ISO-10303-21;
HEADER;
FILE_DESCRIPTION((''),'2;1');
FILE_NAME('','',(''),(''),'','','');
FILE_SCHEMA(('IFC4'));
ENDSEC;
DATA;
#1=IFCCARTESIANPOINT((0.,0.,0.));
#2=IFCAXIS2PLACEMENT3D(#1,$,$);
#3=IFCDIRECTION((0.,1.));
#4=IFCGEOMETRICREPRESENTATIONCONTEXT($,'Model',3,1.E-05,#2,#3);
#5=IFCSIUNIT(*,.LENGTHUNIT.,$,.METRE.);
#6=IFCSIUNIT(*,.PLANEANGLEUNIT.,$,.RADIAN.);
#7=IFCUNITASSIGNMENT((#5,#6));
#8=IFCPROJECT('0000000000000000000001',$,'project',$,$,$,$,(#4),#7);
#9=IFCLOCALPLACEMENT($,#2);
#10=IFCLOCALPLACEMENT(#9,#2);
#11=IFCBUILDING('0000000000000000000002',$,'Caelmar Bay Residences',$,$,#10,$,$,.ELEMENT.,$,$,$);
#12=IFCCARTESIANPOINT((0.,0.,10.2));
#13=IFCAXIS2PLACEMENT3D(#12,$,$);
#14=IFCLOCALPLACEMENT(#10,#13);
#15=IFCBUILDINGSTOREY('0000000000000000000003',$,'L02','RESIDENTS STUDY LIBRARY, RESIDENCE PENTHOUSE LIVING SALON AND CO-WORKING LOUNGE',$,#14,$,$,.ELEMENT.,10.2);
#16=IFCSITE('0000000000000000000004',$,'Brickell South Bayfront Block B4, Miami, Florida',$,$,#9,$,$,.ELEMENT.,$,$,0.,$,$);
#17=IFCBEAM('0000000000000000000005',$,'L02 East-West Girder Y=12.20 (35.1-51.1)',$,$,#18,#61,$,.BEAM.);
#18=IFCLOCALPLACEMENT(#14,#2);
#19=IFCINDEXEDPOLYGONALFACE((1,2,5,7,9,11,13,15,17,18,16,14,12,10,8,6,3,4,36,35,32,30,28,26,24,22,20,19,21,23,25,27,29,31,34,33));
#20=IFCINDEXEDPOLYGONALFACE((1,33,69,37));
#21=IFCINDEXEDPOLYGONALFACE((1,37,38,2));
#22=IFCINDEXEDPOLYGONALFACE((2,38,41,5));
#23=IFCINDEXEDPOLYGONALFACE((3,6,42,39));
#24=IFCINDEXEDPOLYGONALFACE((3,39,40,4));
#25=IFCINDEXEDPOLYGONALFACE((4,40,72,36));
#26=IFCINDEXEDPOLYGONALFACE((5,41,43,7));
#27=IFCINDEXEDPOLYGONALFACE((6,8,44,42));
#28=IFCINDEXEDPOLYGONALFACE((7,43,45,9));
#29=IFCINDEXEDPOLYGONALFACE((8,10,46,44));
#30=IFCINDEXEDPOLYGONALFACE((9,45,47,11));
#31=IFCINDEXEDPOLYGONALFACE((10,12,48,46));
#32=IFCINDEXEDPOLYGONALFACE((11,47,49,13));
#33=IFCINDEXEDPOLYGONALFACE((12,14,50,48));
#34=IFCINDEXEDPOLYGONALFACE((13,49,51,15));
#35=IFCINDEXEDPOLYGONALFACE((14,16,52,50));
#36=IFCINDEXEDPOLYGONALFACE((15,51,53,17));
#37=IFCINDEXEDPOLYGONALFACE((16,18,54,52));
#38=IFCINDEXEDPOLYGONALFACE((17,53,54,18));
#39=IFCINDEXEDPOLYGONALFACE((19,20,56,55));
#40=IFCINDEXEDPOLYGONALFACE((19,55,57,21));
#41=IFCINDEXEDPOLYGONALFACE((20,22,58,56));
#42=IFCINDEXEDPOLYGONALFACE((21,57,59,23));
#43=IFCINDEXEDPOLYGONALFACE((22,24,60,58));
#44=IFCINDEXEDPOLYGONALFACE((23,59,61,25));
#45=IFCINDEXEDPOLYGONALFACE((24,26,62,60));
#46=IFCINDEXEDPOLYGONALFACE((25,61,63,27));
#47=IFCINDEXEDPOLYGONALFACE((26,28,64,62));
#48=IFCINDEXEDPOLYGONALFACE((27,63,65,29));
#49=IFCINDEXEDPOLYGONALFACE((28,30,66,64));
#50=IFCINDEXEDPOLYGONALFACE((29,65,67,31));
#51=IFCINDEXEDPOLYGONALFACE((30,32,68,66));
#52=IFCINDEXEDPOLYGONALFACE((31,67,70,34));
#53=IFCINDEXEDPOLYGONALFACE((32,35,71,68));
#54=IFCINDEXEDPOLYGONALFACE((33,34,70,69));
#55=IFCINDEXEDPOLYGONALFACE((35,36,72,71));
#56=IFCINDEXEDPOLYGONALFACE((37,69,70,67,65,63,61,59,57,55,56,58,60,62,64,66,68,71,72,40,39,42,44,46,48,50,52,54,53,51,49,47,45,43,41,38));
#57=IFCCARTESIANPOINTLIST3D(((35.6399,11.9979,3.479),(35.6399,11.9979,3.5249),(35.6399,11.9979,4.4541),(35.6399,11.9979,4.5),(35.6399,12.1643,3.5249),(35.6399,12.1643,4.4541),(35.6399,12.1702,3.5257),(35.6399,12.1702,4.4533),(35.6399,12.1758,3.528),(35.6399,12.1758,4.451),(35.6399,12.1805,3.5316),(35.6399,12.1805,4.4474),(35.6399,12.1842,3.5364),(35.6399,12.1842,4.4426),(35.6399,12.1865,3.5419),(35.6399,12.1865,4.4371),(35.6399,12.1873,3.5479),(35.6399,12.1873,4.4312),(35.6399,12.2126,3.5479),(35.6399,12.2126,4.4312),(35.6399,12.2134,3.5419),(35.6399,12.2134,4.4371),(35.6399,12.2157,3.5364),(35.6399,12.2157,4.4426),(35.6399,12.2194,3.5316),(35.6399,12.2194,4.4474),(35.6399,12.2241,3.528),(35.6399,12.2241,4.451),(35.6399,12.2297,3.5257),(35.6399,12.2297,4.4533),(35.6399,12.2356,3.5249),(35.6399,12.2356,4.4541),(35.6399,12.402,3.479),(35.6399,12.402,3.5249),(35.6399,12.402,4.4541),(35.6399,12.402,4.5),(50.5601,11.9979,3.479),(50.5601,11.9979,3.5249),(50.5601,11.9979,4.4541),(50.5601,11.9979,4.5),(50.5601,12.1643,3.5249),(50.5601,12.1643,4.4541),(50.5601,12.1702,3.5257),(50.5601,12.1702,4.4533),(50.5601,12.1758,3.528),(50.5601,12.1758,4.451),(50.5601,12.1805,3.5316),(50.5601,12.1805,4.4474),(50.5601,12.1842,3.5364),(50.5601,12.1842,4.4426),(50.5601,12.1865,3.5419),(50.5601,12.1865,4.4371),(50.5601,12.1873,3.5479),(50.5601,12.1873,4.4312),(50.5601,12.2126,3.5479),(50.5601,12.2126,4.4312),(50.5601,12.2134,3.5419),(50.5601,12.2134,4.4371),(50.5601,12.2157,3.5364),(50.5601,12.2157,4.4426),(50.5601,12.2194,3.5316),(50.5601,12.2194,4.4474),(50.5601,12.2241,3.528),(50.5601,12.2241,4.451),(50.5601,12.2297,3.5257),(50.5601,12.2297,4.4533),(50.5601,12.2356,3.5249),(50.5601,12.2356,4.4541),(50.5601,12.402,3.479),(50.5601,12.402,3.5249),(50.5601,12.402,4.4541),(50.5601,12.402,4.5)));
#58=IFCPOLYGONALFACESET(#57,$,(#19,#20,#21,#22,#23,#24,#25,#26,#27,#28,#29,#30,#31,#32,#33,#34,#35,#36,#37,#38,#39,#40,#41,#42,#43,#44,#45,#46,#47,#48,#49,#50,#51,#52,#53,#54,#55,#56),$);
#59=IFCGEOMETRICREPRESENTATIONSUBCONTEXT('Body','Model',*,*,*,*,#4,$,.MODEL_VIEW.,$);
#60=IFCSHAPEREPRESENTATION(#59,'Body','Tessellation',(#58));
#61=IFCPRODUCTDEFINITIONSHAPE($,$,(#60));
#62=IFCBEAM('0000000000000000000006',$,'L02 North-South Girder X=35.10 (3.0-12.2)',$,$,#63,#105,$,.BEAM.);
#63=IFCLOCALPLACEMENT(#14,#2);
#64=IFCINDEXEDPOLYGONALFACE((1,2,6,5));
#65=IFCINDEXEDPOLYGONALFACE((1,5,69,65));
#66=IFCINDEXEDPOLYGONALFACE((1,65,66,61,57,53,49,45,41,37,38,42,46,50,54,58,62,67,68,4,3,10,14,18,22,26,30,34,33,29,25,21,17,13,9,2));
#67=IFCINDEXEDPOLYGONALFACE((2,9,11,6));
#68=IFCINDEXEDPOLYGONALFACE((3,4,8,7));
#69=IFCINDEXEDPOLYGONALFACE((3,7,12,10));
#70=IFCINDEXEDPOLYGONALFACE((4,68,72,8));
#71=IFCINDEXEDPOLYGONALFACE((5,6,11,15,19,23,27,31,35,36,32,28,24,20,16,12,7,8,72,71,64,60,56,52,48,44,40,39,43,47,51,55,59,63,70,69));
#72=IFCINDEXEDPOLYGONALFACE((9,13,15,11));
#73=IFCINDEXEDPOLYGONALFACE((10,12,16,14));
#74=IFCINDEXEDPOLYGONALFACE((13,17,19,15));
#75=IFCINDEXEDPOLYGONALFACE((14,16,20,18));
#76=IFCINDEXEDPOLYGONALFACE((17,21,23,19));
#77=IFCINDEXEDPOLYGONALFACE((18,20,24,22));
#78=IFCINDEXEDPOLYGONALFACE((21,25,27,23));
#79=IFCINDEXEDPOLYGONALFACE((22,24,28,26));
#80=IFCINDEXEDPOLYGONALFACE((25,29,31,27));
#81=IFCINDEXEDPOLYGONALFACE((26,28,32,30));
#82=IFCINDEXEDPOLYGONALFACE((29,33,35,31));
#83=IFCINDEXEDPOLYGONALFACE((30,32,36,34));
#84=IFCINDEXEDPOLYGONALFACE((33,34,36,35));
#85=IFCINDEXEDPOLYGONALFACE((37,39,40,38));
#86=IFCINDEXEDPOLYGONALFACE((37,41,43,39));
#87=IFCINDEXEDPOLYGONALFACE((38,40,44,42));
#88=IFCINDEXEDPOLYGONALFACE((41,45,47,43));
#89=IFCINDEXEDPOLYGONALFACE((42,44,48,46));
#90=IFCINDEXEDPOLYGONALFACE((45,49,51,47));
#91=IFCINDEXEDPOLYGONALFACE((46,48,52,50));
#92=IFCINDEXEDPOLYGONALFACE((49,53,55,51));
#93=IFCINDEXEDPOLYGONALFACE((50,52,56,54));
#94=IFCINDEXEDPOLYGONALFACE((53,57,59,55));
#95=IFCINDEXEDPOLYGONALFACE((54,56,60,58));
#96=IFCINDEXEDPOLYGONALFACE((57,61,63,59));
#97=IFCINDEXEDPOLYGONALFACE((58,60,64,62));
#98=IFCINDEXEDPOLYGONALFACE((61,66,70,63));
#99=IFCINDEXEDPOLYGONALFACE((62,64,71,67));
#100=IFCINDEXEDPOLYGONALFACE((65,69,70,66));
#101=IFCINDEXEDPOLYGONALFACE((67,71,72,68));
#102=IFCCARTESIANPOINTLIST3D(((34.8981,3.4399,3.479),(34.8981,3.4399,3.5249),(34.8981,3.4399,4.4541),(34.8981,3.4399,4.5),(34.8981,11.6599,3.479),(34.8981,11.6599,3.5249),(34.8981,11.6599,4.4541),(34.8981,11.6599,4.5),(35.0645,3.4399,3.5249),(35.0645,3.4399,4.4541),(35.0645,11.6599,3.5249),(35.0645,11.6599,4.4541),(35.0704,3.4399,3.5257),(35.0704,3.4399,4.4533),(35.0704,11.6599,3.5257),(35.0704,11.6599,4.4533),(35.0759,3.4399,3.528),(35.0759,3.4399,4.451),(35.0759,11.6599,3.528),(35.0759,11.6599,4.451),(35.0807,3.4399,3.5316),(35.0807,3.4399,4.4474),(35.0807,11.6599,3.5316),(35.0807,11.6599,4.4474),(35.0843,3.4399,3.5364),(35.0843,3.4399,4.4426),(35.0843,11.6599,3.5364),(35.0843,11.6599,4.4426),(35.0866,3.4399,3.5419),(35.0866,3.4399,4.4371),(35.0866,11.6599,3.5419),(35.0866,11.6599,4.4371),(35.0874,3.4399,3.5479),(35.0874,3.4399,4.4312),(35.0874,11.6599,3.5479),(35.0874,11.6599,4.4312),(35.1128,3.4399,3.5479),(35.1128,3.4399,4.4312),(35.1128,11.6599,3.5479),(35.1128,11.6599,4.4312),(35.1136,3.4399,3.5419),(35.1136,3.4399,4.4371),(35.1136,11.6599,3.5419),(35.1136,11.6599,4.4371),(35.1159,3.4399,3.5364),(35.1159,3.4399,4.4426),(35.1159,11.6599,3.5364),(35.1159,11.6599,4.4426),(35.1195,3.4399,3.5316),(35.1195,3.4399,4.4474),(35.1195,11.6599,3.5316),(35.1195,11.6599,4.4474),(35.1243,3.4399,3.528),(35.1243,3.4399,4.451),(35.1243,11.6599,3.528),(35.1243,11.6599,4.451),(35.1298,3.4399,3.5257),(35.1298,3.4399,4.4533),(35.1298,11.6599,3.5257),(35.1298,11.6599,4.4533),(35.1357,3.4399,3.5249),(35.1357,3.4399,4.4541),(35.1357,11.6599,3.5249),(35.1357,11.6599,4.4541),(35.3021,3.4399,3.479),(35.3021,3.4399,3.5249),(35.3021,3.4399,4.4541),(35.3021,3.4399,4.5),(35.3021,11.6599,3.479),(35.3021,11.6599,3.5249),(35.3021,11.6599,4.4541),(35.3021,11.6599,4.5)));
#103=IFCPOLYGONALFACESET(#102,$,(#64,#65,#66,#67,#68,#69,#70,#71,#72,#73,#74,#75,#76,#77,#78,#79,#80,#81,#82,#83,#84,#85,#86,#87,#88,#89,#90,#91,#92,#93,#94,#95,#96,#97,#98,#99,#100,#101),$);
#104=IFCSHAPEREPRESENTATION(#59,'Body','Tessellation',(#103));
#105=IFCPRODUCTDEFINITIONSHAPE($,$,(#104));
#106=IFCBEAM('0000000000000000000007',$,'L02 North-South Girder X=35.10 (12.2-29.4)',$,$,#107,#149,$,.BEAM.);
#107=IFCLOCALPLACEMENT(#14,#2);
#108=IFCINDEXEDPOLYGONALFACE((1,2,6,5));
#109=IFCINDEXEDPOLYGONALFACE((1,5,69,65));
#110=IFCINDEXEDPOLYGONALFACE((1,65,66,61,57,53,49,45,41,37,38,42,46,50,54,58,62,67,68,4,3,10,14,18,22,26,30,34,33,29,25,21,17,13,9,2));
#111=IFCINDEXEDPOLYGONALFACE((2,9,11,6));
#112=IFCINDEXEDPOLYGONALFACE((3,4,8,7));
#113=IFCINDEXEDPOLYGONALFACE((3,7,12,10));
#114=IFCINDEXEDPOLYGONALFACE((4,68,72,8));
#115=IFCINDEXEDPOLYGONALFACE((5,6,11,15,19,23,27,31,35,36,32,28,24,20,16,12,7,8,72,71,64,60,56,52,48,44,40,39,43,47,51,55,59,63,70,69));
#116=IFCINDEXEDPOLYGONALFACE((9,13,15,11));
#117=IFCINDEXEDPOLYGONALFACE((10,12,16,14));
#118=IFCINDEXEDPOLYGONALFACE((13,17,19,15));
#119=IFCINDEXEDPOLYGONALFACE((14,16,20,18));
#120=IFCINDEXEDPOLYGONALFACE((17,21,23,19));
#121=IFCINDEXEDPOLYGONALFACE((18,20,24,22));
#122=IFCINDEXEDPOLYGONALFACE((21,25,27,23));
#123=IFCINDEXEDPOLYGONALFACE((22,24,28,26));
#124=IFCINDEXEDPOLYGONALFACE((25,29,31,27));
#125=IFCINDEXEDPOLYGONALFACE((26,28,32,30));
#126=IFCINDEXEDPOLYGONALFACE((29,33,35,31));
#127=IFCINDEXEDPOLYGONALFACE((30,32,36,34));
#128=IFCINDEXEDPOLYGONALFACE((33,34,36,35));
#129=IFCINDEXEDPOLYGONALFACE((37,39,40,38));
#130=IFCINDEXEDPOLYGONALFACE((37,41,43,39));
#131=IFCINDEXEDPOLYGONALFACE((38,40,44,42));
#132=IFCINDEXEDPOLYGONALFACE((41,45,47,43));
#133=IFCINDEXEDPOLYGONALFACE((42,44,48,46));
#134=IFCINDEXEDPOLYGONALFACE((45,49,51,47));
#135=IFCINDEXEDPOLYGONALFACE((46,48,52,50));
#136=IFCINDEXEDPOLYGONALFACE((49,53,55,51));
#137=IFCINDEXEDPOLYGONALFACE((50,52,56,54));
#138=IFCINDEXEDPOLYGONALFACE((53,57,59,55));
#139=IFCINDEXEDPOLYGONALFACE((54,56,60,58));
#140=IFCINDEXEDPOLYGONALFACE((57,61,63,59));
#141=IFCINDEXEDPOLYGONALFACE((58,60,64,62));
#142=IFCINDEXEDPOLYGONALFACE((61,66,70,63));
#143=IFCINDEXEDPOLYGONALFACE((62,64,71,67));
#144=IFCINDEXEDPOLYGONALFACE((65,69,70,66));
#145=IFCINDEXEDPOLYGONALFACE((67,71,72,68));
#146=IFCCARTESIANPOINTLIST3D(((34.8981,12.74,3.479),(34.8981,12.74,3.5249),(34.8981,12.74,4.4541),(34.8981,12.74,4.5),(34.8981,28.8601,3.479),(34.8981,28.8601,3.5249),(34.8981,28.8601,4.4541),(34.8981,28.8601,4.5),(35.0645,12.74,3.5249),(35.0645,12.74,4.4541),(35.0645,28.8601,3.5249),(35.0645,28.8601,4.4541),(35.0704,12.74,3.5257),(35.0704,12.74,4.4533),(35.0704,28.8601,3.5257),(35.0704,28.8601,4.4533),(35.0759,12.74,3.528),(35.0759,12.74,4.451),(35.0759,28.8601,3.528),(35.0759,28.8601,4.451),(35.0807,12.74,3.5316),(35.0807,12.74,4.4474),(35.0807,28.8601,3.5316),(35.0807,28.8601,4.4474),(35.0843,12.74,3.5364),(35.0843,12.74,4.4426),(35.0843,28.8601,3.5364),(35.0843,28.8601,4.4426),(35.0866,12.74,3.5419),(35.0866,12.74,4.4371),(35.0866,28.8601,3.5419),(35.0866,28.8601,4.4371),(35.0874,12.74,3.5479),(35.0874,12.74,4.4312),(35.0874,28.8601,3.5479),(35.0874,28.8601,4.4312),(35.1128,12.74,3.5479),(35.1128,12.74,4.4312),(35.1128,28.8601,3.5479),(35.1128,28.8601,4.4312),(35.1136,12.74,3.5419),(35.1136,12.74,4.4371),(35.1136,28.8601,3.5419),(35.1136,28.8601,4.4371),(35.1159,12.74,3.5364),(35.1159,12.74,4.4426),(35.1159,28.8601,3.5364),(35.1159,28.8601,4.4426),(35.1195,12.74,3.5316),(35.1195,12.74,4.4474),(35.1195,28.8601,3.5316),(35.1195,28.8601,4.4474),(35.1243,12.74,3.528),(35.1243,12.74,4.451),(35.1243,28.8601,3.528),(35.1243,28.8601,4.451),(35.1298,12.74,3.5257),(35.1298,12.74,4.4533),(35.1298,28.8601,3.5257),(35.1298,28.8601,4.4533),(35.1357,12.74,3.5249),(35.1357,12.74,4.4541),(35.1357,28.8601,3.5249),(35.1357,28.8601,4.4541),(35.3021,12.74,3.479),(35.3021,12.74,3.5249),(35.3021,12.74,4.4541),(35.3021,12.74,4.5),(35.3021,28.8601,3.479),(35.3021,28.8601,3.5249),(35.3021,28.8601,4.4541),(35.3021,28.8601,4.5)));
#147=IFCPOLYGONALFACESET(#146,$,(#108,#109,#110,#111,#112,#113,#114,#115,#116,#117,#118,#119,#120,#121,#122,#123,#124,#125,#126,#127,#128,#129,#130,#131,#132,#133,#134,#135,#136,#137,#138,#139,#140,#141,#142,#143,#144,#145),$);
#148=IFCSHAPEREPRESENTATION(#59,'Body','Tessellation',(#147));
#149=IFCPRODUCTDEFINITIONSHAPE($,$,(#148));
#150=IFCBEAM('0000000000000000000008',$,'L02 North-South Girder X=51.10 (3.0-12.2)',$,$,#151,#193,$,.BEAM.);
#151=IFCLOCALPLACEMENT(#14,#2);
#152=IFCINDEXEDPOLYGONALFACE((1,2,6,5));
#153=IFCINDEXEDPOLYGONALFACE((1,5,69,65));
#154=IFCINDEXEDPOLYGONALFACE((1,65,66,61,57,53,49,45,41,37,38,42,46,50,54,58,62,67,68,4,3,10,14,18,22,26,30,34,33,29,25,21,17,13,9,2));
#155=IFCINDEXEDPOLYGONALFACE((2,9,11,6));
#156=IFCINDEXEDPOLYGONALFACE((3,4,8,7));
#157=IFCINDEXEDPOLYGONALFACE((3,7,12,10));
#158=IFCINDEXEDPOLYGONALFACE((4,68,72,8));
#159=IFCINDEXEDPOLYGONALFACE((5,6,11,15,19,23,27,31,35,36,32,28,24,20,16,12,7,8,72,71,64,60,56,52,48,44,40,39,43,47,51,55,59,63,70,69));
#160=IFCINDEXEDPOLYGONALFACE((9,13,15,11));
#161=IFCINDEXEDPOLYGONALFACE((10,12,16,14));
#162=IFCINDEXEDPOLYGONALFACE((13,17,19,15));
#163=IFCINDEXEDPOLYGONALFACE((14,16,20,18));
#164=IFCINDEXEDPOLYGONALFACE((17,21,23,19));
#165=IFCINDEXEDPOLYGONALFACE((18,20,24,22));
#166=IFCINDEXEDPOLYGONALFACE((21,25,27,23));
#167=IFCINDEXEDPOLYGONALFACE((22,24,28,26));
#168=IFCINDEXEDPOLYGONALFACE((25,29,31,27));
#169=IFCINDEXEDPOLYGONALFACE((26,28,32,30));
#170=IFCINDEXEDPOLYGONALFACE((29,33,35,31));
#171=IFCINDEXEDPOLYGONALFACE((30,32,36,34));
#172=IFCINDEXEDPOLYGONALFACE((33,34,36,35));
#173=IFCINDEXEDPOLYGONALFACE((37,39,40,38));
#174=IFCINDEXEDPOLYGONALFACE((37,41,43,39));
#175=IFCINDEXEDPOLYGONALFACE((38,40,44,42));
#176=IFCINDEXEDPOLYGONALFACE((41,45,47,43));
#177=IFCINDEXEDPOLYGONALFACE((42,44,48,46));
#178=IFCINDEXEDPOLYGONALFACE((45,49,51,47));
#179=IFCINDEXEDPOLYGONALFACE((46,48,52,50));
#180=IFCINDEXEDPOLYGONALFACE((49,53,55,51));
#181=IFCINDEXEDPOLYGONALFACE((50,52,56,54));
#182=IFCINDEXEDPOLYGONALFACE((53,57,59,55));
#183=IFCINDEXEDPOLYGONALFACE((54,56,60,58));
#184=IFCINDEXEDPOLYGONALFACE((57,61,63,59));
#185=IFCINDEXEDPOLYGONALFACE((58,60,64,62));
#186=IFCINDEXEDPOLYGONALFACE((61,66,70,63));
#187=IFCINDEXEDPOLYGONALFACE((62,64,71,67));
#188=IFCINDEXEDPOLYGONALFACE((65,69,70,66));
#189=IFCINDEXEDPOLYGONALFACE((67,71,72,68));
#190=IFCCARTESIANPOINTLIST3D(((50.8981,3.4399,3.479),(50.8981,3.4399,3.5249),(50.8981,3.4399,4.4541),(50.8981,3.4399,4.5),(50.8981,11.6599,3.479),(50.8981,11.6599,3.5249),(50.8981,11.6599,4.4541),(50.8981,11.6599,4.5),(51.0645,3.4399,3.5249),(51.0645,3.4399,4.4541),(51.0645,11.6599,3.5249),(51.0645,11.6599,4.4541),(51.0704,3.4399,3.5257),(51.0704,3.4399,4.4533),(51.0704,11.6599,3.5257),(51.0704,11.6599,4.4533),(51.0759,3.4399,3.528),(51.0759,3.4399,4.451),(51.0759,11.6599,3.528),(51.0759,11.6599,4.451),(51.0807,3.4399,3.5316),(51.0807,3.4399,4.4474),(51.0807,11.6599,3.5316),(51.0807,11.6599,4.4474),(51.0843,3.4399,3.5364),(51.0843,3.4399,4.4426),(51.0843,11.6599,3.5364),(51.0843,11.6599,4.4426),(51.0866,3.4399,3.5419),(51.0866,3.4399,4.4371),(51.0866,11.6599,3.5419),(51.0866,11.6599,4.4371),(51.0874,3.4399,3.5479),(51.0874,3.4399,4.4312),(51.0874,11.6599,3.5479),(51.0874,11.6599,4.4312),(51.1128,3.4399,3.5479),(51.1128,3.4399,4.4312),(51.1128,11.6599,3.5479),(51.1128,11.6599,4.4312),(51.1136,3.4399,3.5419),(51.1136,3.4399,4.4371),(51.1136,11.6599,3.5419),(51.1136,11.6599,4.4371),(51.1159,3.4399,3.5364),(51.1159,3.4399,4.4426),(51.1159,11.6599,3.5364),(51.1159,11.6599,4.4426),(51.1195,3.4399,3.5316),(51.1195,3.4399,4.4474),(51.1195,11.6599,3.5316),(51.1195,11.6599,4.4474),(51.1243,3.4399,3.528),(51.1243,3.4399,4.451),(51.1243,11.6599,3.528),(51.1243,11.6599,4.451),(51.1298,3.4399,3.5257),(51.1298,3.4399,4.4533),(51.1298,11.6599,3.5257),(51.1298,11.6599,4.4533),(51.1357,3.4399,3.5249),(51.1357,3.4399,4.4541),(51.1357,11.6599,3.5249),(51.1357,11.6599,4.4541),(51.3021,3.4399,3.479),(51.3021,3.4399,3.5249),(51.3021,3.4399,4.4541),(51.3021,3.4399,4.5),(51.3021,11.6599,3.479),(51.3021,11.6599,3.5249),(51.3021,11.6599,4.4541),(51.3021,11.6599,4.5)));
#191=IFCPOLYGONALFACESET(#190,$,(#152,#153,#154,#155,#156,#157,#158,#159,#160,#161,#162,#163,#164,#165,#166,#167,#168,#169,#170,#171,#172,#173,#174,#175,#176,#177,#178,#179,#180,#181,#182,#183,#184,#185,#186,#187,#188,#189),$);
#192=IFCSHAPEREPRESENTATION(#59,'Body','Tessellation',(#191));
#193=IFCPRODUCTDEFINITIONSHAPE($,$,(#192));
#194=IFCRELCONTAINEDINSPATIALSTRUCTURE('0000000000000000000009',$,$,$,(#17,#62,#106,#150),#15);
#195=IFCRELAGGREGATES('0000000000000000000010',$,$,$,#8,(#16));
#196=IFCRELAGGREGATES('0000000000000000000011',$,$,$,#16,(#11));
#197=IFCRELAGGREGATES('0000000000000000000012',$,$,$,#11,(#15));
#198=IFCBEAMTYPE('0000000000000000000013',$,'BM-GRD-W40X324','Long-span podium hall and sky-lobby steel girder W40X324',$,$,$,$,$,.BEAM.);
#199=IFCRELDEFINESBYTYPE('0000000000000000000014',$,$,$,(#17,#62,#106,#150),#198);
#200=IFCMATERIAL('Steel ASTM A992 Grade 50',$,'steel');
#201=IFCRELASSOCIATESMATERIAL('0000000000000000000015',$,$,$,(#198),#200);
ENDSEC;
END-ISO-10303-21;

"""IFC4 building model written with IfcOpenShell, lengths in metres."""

from ifc_helpers import new_model, si_unit, direction, frame, origin, origin_2d, place, context, subcontext, project, spatial, i_section, extrude, material, material_profile, profile_set, type_object, element, save


model = new_model("IFC4")

# Units and contexts
model_context = context("Model", 3, precision=1e-05, world=origin(), true_north=direction((0.0, 1.0)))
body_context = subcontext(model_context, "Body", "Model", "MODEL_VIEW")
ifc_project = project(units=[si_unit("LENGTHUNIT", "METRE"), si_unit("PLANEANGLEUNIT", "RADIAN")], contexts=[model_context])

# Site, building, storey
site_placement = place(None, origin())
site = spatial("IfcSite", under=ifc_project, at=site_placement, Name="Brickell South Bayfront Block B4, Miami, Florida", CompositionType="ELEMENT", RefElevation=0.0)
building_placement = place(site_placement, origin())
building = spatial("IfcBuilding", under=site, at=building_placement, Name="Caelmar Bay Residences", CompositionType="ELEMENT")
storey_placement = place(building_placement, frame((0.0, 0.0, 10.2)))
storey = spatial("IfcBuildingStorey", under=building, at=storey_placement, Name="L02", Description="RESIDENTS STUDY LIBRARY, RESIDENCE PENTHOUSE LIVING SALON AND CO-WORKING LOUNGE", CompositionType="ELEMENT", Elevation=10.2)

# Beams
ifc_material_1 = material(Name="Steel ASTM A992 Grade 50", Category="steel")
ifc_material_profile_1 = material_profile(ifc_material_1, i_section(OverallWidth=0.4041, OverallDepth=1.021, WebThickness=0.0254, FlangeThickness=0.0459, FilletRadius=0.0229, at=origin_2d()), Name="W40X324")
ifc_profile_set_1 = profile_set([ifc_material_profile_1], Name="Steel ASTM A992 Grade 50")
beam_type_1 = type_object("IfcBeamType", Name="BM-GRD-W40X324", Description="Long-span podium hall and sky-lobby steel girder W40X324", PredefinedType="BEAM", material=ifc_profile_set_1)
beam_1_placement = place(storey_placement, frame((35.6399, 12.2, 3.9895), z_axis=(1.0, 0.0, 0.0), x_axis=(0.0, 1.0, 0.0)))
element("IfcBeam", 1, at=beam_1_placement, inside=storey, type_object=beam_type_1, Name="L02 East-West Girder Y=12.20 (35.1-51.1)", PredefinedType="BEAM", context=body_context, shape_type="SweptSolid", body=[
    extrude(i_section(OverallWidth=0.4041, OverallDepth=1.021, WebThickness=0.0254, FlangeThickness=0.0459, FilletRadius=0.0229, at=origin_2d()), origin(), (0.0, 0.0, 1.0), 14.9202),
])
beam_2_placement = place(storey_placement, frame((35.1001, 3.4399, 3.9895), z_axis=(0.0, 1.0, 0.0), x_axis=(-1.0, 0.0, 0.0)))
element("IfcBeam", 2, at=beam_2_placement, inside=storey, type_object=beam_type_1, Name="L02 North-South Girder X=35.10 (3.0-12.2)", PredefinedType="BEAM", context=body_context, shape_type="SweptSolid", body=[
    extrude(i_section(OverallWidth=0.4041, OverallDepth=1.021, WebThickness=0.0254, FlangeThickness=0.0459, FilletRadius=0.0229, at=origin_2d()), origin(), (0.0, 0.0, 1.0), 8.22),
])
beam_3_placement = place(storey_placement, frame((35.1001, 12.74, 3.9895), z_axis=(0.0, 1.0, 0.0), x_axis=(-1.0, 0.0, 0.0)))
element("IfcBeam", 3, at=beam_3_placement, inside=storey, type_object=beam_type_1, Name="L02 North-South Girder X=35.10 (12.2-29.4)", PredefinedType="BEAM", context=body_context, shape_type="SweptSolid", body=[
    extrude(i_section(OverallWidth=0.4041, OverallDepth=1.021, WebThickness=0.0254, FlangeThickness=0.0459, FilletRadius=0.0229, at=origin_2d()), origin(), (0.0, 0.0, 1.0), 16.1201),
])
beam_4_placement = place(storey_placement, frame((51.1001, 3.4399, 3.9895), z_axis=(0.0, 1.0, 0.0), x_axis=(-1.0, 0.0, 0.0)))
element("IfcBeam", 4, at=beam_4_placement, inside=storey, type_object=beam_type_1, Name="L02 North-South Girder X=51.10 (3.0-12.2)", PredefinedType="BEAM", context=body_context, shape_type="SweptSolid", body=[
    extrude(i_section(OverallWidth=0.4041, OverallDepth=1.021, WebThickness=0.0254, FlangeThickness=0.0459, FilletRadius=0.0229, at=origin_2d()), origin(), (0.0, 0.0, 1.0), 8.22),
])

save(model, "model.ifc")
